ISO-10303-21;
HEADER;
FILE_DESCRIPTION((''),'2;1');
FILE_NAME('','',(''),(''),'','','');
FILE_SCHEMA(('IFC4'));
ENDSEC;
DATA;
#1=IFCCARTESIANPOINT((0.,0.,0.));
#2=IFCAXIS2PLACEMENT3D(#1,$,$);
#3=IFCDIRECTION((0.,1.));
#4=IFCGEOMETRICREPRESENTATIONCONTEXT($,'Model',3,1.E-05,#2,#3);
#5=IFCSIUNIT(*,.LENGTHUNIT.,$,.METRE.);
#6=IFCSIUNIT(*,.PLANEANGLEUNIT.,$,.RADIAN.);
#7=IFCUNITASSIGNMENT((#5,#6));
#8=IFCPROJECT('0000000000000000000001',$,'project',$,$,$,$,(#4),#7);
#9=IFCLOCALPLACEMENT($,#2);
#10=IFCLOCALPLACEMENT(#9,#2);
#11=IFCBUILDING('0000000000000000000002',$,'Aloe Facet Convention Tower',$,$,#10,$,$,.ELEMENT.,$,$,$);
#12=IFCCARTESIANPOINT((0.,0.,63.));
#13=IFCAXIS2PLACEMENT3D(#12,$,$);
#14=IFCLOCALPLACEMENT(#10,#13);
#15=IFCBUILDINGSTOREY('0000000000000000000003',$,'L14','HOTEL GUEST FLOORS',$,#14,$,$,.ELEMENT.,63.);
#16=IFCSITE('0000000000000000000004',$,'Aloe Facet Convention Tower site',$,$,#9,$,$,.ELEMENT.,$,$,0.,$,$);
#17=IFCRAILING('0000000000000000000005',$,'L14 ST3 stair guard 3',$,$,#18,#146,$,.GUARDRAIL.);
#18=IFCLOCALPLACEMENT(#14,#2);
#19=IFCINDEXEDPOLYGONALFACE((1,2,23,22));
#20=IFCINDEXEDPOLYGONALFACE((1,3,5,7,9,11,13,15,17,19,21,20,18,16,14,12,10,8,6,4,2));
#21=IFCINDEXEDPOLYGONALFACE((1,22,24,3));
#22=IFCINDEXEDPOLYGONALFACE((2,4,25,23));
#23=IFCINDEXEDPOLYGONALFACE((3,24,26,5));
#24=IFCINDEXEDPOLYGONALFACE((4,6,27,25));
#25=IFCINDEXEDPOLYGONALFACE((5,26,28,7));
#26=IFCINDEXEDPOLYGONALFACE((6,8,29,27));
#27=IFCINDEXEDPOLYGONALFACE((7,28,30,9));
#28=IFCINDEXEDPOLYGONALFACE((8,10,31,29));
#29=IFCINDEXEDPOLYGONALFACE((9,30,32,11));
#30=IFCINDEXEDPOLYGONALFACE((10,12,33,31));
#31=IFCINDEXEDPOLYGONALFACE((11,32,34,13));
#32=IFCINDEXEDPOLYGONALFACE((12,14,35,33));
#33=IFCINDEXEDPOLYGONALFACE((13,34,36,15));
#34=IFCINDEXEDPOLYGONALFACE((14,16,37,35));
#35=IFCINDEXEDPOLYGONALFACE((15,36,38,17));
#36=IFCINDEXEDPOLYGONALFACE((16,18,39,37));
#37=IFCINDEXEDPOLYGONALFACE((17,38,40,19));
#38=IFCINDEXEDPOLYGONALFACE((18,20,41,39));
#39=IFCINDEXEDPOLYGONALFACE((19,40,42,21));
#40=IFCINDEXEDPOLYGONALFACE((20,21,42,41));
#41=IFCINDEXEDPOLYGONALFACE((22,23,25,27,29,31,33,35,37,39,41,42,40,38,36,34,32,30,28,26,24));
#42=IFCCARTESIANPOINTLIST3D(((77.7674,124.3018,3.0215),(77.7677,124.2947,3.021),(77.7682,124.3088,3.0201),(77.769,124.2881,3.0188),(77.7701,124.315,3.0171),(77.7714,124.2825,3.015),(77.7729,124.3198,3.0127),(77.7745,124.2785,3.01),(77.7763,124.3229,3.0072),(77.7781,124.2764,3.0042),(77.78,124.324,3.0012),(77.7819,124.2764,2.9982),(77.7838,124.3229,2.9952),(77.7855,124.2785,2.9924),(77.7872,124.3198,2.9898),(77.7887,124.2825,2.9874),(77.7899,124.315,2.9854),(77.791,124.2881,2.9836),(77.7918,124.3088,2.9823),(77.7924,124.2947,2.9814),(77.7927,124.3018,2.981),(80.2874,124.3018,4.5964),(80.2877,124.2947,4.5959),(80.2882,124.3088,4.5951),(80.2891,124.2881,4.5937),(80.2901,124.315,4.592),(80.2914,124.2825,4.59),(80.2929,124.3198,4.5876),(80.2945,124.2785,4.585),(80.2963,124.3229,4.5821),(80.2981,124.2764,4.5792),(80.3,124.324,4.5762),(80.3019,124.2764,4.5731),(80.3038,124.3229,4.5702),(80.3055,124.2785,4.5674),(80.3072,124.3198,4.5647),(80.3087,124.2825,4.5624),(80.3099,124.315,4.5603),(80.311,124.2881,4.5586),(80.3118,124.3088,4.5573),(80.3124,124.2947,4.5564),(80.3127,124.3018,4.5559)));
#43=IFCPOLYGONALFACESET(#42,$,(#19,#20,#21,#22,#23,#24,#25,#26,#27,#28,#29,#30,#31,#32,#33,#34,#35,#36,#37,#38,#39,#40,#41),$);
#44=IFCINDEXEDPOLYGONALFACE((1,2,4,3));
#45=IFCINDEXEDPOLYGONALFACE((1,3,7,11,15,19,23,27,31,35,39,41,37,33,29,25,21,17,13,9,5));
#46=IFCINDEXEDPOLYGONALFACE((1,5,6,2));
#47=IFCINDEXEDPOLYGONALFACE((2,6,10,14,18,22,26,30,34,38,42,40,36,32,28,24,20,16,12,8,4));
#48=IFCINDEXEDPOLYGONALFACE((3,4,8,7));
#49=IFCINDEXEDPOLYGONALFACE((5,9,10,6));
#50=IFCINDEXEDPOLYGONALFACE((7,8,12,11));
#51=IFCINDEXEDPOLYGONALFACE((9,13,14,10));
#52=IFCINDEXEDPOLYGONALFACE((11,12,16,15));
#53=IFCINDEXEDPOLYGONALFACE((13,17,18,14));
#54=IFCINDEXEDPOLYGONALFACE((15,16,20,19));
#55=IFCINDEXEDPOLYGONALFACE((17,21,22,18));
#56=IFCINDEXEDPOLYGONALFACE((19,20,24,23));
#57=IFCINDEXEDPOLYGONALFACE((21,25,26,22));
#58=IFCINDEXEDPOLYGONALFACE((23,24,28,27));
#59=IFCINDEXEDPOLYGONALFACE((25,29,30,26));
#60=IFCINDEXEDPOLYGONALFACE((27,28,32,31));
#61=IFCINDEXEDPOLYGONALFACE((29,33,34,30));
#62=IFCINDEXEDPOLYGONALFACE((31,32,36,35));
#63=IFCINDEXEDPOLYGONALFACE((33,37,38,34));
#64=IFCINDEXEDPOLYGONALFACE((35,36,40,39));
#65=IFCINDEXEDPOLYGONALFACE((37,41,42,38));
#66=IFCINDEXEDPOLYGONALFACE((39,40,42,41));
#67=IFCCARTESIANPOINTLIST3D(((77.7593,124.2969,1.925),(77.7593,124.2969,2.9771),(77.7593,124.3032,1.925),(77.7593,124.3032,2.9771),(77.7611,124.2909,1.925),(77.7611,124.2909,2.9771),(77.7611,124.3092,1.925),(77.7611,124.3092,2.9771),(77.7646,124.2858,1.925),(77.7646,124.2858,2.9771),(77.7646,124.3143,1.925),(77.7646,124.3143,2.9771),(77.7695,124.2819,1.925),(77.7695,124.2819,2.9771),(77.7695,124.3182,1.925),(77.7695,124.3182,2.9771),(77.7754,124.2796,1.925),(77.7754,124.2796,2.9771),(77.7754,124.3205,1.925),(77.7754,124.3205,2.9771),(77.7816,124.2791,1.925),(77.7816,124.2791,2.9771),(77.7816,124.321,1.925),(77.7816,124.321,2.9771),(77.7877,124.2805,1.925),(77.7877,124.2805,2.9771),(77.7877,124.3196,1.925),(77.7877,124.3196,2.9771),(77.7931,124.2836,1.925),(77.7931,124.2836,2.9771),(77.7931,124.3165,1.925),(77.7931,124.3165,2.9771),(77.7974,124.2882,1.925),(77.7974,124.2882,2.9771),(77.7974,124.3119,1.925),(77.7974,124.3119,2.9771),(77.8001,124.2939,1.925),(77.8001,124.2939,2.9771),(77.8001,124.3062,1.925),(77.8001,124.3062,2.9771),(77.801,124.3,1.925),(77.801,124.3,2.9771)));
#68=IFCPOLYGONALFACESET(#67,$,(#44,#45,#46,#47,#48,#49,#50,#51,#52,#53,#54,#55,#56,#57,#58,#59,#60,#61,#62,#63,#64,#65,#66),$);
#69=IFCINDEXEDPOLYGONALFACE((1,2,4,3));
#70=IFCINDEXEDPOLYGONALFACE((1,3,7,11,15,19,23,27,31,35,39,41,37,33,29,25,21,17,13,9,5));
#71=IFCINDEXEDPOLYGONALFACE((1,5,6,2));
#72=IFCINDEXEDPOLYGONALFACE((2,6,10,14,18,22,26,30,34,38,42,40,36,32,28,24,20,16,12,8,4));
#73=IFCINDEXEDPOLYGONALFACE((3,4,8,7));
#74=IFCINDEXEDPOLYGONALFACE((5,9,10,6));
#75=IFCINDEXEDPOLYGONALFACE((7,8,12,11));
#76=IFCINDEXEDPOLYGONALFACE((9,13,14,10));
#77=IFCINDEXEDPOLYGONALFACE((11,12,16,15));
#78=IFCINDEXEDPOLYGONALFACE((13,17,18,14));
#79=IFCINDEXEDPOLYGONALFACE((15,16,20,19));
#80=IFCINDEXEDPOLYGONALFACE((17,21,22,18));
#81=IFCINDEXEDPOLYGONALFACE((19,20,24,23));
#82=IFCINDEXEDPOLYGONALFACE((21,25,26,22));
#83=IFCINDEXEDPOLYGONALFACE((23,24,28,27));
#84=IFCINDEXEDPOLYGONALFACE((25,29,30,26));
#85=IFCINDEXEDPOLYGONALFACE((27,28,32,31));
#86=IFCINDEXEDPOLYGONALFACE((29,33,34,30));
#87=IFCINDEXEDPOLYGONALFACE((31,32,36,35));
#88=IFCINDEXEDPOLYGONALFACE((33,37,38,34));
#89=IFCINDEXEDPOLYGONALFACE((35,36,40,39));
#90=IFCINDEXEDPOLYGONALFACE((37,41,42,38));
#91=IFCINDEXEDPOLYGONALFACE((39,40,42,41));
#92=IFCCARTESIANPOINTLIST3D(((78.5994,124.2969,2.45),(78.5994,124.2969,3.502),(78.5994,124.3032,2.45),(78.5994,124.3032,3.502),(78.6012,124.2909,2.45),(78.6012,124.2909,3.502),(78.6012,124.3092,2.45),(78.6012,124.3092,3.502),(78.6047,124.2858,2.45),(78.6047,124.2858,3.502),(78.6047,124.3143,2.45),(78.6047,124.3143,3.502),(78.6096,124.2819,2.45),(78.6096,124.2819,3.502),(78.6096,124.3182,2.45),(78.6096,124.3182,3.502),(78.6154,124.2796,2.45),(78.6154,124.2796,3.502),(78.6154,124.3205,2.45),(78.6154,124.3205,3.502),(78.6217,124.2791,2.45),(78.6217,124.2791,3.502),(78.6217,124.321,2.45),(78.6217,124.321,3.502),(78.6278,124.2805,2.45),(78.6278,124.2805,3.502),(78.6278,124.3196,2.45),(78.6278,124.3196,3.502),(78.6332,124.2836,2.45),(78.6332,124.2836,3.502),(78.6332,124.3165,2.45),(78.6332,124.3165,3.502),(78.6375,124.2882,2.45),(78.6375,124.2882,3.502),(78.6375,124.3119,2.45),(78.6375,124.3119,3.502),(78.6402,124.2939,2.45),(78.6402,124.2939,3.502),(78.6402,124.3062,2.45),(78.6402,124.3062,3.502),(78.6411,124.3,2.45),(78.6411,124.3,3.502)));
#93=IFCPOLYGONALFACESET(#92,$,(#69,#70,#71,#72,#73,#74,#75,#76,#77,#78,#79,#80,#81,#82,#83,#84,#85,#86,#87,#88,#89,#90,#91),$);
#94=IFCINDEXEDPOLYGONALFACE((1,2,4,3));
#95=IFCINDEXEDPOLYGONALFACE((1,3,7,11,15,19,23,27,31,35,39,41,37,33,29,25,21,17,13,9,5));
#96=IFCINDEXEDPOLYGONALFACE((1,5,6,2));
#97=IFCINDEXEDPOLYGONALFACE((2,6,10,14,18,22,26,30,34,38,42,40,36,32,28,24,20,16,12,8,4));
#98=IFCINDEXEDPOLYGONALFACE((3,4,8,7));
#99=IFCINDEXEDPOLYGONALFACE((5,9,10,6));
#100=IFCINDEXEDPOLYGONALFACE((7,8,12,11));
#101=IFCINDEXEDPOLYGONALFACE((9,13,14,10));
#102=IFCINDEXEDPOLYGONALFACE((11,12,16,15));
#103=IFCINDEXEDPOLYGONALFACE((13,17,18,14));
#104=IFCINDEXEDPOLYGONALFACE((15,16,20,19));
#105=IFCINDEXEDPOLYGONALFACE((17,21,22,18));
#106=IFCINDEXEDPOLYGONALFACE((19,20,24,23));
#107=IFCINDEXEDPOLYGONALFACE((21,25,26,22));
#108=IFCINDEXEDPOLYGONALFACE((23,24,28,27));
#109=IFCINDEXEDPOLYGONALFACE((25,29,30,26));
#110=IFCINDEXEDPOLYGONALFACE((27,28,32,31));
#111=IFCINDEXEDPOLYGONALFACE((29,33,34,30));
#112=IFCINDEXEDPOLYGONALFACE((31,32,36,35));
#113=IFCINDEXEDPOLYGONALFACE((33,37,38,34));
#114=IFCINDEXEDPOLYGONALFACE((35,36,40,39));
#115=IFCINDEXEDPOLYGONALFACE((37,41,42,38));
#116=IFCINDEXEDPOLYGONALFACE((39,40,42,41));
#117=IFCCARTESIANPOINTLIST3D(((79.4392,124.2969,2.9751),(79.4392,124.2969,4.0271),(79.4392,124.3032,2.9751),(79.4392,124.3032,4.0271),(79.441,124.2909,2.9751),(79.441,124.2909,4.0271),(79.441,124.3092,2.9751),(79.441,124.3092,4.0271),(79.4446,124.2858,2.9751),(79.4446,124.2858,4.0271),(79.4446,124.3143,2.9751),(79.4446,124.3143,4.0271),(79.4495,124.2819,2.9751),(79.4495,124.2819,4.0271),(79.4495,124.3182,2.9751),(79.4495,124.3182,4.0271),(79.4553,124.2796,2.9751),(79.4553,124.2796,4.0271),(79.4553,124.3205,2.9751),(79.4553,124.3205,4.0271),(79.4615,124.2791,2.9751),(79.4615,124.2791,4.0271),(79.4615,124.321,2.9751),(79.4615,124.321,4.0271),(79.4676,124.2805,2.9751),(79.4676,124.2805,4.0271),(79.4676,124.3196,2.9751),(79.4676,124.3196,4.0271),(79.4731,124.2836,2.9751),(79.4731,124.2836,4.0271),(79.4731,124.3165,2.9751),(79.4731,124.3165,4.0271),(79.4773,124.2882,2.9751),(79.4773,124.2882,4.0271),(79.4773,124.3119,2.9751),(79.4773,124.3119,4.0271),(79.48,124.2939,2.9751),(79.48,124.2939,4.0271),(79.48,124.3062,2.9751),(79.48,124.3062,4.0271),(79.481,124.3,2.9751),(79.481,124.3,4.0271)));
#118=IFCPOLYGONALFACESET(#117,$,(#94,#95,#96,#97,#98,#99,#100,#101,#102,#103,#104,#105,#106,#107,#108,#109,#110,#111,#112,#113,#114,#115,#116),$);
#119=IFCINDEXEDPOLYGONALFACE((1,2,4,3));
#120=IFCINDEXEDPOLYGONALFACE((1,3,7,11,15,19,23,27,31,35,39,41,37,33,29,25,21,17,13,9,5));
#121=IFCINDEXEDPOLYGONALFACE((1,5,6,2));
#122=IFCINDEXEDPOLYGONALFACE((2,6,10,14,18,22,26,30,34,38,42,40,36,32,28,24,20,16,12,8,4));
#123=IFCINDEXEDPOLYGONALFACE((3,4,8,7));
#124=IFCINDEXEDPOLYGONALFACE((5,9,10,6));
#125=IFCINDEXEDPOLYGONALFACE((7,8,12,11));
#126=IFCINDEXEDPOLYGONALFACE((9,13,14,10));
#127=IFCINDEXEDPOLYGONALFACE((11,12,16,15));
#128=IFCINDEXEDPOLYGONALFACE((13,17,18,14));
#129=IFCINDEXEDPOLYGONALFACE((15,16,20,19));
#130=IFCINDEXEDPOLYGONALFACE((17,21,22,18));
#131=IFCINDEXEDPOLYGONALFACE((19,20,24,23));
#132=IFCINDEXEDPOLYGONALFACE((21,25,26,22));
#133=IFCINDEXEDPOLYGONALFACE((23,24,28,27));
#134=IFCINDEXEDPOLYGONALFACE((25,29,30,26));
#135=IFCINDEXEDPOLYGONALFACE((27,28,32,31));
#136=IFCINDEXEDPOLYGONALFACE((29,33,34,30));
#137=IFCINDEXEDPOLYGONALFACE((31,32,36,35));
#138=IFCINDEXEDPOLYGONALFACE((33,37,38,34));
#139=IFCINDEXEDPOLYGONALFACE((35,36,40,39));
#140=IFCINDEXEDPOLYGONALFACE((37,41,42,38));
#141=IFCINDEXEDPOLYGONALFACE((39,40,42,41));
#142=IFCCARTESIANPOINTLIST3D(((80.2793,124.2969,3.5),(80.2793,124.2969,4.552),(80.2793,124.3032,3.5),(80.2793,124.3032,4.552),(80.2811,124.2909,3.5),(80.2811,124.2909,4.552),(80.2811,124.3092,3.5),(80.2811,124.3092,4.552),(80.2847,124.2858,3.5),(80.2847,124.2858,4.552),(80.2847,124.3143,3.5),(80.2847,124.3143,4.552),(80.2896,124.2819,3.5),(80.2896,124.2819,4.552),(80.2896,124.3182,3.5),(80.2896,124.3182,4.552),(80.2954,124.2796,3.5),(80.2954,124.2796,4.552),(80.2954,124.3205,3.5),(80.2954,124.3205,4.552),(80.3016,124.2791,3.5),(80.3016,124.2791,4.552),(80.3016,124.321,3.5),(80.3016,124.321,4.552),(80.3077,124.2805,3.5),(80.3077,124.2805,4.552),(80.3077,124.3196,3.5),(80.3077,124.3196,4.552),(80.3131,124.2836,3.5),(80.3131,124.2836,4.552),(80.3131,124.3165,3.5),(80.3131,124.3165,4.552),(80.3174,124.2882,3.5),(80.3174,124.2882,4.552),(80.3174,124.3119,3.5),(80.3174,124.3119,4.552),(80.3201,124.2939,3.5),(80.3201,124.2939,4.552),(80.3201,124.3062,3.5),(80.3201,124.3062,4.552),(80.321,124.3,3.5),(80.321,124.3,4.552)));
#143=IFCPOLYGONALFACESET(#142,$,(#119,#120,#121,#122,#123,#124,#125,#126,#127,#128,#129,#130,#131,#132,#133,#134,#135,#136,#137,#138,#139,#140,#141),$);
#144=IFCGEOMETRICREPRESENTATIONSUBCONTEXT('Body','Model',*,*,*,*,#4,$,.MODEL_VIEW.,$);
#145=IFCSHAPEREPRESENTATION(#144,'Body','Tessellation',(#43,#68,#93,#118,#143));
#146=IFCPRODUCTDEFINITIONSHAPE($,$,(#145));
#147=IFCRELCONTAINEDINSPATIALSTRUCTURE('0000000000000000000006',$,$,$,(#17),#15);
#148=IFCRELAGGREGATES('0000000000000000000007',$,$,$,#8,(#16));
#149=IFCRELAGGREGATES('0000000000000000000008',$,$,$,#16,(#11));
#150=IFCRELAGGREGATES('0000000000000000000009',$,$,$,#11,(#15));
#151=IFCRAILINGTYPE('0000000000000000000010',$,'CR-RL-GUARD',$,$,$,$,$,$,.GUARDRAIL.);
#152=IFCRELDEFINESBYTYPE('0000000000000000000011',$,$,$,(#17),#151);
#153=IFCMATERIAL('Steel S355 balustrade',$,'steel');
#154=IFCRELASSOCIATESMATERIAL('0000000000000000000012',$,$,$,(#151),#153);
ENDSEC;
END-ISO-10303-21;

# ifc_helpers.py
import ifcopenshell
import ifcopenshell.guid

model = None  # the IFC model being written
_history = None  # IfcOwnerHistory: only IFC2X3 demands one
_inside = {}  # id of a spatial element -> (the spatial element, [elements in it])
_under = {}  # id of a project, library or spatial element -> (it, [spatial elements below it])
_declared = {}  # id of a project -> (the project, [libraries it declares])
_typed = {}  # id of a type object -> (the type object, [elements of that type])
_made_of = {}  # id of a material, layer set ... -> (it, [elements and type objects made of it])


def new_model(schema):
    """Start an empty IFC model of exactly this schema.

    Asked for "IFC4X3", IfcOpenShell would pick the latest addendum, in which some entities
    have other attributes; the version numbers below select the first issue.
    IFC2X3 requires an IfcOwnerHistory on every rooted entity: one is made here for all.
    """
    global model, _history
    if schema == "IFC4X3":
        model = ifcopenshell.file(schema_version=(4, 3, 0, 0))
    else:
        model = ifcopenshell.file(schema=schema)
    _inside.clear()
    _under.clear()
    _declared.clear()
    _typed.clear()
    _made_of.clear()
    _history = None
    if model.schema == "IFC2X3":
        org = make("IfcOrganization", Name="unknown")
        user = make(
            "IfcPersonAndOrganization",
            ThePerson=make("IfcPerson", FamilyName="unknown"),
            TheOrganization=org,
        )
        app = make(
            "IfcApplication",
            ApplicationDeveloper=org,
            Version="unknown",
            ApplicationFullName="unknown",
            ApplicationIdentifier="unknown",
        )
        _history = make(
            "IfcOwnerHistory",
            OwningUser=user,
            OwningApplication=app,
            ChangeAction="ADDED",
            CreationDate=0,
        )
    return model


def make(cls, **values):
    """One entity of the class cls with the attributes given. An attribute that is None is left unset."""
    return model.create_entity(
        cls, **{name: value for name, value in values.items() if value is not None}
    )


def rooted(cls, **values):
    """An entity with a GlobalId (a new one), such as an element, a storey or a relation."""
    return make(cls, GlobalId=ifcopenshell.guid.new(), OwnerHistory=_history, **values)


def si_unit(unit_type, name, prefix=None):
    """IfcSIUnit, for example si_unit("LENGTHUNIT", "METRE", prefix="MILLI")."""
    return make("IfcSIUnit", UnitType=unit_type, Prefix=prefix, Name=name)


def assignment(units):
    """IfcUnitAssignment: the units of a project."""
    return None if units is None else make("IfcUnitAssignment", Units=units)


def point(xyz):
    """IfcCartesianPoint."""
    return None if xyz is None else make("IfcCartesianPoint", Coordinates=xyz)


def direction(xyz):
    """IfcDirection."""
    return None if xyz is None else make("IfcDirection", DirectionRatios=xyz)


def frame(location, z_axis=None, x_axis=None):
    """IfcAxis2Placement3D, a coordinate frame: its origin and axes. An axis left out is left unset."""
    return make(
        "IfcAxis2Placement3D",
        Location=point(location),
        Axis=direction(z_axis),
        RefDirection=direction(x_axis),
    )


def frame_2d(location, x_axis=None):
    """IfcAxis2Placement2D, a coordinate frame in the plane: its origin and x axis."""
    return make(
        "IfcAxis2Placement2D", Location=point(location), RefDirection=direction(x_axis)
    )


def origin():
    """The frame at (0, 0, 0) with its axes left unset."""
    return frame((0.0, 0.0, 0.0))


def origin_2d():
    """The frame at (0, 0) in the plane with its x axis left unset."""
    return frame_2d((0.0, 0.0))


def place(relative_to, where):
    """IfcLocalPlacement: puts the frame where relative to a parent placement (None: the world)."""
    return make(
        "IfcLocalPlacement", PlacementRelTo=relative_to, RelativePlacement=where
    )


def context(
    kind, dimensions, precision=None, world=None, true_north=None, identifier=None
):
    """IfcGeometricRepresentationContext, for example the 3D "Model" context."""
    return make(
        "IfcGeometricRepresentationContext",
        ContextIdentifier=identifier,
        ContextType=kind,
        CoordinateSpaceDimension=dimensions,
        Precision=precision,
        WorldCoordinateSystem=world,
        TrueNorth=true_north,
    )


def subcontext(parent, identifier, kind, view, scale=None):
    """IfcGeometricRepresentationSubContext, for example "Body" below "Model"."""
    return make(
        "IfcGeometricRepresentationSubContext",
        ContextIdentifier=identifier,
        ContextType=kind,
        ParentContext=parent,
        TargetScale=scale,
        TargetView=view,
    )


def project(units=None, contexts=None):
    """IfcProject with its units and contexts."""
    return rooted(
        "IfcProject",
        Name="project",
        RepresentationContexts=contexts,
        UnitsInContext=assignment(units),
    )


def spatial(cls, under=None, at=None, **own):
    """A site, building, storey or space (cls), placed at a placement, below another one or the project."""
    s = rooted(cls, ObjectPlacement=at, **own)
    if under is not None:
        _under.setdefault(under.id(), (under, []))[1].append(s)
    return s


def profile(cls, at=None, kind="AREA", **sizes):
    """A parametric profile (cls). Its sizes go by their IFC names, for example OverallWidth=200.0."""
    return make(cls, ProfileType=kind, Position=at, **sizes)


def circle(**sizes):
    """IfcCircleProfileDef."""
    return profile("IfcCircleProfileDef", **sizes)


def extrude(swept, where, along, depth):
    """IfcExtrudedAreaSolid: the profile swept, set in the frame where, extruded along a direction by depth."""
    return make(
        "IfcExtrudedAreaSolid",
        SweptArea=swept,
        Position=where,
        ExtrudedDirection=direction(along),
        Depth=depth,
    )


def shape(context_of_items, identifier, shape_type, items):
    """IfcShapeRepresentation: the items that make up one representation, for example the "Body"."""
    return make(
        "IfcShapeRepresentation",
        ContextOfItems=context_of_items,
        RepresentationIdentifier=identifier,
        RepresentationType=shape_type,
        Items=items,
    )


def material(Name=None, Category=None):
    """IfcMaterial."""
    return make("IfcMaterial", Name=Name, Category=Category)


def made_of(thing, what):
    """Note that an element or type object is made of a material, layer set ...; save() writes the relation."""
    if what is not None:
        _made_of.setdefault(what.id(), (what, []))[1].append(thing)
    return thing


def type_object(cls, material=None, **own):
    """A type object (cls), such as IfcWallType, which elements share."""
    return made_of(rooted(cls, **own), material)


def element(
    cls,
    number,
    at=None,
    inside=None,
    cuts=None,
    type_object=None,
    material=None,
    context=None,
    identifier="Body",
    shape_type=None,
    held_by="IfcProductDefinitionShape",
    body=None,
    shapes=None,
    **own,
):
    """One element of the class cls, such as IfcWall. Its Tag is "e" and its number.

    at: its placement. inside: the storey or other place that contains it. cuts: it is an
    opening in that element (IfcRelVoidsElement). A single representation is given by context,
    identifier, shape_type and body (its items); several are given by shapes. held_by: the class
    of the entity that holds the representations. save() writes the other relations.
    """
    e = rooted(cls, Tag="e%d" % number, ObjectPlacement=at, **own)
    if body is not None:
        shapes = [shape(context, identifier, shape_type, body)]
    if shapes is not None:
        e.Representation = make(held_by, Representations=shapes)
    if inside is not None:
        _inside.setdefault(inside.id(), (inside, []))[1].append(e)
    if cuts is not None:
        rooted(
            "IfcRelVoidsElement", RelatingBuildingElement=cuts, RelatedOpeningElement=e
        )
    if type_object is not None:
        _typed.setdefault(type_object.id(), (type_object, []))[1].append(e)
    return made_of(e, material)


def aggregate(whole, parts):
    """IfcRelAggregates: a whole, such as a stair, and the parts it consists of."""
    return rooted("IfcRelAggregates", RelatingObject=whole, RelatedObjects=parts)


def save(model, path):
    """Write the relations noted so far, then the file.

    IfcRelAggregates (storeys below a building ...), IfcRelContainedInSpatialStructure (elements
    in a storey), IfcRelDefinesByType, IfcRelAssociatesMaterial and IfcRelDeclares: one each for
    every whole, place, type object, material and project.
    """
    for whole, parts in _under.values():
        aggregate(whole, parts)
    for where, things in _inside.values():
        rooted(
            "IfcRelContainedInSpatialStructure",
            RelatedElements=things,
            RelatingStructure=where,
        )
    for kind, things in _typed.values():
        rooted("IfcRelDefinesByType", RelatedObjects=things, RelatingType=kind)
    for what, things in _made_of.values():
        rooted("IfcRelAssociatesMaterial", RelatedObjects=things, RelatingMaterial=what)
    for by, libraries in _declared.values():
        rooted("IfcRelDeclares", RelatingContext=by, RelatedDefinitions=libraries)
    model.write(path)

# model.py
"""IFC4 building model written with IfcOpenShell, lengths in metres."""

from ifc_helpers import new_model, si_unit, direction, frame, origin, origin_2d, place, context, subcontext, project, spatial, circle, extrude, material, type_object, element, save


model = new_model("IFC4")

# Units and contexts
model_context = context("Model", 3, precision=1e-05, world=origin(), true_north=direction((0.0, 1.0)))
body_context = subcontext(model_context, "Body", "Model", "MODEL_VIEW")
ifc_project = project(units=[si_unit("LENGTHUNIT", "METRE"), si_unit("PLANEANGLEUNIT", "RADIAN")], contexts=[model_context])

# Site, building, storey
site_placement = place(None, origin())
site = spatial("IfcSite", under=ifc_project, at=site_placement, Name="Aloe Facet Convention Tower site", CompositionType="ELEMENT", RefElevation=0.0)
building_placement = place(site_placement, origin())
building = spatial("IfcBuilding", under=site, at=building_placement, Name="Aloe Facet Convention Tower", CompositionType="ELEMENT")
storey_placement = place(building_placement, frame((0.0, 0.0, 63.0)))
storey = spatial("IfcBuildingStorey", under=building, at=storey_placement, Name="L14", Description="HOTEL GUEST FLOORS", CompositionType="ELEMENT", Elevation=63.0)

# Railing
ifc_material_1 = material(Name="Steel S355 balustrade", Category="steel")
railing_type_1 = type_object("IfcRailingType", Name="CR-RL-GUARD", PredefinedType="GUARDRAIL", material=ifc_material_1)
railing_1_placement = place(storey_placement, frame((77.78, 124.3, 1.925)))
element("IfcRailing", 1, at=railing_1_placement, inside=storey, type_object=railing_type_1, Name="L14 ST3 stair guard 3", PredefinedType="GUARDRAIL", context=body_context, shape_type="SweptSolid", body=[
    extrude(circle(Radius=0.0239, at=origin_2d()), frame((0.0, 0.0, 1.0762), z_axis=(0.848008, 0.0, 0.529984), x_axis=(0.0, 1.0, 0.0)), (0.0, 0.0, 1.0), 2.9717),
    extrude(circle(Radius=0.021, at=origin_2d()), origin(), (0.0, 0.0, 1.0), 1.052),
    extrude(circle(Radius=0.021, at=origin_2d()), frame((0.8401, 0.0, 0.5249)), (0.0, 0.0, 1.0), 1.052),
    extrude(circle(Radius=0.021, at=origin_2d()), frame((1.6799, 0.0, 1.05)), (0.0, 0.0, 1.0), 1.052),
    extrude(circle(Radius=0.021, at=origin_2d()), frame((2.52, 0.0, 1.575)), (0.0, 0.0, 1.0), 1.052),
])

save(model, "model.ifc")
